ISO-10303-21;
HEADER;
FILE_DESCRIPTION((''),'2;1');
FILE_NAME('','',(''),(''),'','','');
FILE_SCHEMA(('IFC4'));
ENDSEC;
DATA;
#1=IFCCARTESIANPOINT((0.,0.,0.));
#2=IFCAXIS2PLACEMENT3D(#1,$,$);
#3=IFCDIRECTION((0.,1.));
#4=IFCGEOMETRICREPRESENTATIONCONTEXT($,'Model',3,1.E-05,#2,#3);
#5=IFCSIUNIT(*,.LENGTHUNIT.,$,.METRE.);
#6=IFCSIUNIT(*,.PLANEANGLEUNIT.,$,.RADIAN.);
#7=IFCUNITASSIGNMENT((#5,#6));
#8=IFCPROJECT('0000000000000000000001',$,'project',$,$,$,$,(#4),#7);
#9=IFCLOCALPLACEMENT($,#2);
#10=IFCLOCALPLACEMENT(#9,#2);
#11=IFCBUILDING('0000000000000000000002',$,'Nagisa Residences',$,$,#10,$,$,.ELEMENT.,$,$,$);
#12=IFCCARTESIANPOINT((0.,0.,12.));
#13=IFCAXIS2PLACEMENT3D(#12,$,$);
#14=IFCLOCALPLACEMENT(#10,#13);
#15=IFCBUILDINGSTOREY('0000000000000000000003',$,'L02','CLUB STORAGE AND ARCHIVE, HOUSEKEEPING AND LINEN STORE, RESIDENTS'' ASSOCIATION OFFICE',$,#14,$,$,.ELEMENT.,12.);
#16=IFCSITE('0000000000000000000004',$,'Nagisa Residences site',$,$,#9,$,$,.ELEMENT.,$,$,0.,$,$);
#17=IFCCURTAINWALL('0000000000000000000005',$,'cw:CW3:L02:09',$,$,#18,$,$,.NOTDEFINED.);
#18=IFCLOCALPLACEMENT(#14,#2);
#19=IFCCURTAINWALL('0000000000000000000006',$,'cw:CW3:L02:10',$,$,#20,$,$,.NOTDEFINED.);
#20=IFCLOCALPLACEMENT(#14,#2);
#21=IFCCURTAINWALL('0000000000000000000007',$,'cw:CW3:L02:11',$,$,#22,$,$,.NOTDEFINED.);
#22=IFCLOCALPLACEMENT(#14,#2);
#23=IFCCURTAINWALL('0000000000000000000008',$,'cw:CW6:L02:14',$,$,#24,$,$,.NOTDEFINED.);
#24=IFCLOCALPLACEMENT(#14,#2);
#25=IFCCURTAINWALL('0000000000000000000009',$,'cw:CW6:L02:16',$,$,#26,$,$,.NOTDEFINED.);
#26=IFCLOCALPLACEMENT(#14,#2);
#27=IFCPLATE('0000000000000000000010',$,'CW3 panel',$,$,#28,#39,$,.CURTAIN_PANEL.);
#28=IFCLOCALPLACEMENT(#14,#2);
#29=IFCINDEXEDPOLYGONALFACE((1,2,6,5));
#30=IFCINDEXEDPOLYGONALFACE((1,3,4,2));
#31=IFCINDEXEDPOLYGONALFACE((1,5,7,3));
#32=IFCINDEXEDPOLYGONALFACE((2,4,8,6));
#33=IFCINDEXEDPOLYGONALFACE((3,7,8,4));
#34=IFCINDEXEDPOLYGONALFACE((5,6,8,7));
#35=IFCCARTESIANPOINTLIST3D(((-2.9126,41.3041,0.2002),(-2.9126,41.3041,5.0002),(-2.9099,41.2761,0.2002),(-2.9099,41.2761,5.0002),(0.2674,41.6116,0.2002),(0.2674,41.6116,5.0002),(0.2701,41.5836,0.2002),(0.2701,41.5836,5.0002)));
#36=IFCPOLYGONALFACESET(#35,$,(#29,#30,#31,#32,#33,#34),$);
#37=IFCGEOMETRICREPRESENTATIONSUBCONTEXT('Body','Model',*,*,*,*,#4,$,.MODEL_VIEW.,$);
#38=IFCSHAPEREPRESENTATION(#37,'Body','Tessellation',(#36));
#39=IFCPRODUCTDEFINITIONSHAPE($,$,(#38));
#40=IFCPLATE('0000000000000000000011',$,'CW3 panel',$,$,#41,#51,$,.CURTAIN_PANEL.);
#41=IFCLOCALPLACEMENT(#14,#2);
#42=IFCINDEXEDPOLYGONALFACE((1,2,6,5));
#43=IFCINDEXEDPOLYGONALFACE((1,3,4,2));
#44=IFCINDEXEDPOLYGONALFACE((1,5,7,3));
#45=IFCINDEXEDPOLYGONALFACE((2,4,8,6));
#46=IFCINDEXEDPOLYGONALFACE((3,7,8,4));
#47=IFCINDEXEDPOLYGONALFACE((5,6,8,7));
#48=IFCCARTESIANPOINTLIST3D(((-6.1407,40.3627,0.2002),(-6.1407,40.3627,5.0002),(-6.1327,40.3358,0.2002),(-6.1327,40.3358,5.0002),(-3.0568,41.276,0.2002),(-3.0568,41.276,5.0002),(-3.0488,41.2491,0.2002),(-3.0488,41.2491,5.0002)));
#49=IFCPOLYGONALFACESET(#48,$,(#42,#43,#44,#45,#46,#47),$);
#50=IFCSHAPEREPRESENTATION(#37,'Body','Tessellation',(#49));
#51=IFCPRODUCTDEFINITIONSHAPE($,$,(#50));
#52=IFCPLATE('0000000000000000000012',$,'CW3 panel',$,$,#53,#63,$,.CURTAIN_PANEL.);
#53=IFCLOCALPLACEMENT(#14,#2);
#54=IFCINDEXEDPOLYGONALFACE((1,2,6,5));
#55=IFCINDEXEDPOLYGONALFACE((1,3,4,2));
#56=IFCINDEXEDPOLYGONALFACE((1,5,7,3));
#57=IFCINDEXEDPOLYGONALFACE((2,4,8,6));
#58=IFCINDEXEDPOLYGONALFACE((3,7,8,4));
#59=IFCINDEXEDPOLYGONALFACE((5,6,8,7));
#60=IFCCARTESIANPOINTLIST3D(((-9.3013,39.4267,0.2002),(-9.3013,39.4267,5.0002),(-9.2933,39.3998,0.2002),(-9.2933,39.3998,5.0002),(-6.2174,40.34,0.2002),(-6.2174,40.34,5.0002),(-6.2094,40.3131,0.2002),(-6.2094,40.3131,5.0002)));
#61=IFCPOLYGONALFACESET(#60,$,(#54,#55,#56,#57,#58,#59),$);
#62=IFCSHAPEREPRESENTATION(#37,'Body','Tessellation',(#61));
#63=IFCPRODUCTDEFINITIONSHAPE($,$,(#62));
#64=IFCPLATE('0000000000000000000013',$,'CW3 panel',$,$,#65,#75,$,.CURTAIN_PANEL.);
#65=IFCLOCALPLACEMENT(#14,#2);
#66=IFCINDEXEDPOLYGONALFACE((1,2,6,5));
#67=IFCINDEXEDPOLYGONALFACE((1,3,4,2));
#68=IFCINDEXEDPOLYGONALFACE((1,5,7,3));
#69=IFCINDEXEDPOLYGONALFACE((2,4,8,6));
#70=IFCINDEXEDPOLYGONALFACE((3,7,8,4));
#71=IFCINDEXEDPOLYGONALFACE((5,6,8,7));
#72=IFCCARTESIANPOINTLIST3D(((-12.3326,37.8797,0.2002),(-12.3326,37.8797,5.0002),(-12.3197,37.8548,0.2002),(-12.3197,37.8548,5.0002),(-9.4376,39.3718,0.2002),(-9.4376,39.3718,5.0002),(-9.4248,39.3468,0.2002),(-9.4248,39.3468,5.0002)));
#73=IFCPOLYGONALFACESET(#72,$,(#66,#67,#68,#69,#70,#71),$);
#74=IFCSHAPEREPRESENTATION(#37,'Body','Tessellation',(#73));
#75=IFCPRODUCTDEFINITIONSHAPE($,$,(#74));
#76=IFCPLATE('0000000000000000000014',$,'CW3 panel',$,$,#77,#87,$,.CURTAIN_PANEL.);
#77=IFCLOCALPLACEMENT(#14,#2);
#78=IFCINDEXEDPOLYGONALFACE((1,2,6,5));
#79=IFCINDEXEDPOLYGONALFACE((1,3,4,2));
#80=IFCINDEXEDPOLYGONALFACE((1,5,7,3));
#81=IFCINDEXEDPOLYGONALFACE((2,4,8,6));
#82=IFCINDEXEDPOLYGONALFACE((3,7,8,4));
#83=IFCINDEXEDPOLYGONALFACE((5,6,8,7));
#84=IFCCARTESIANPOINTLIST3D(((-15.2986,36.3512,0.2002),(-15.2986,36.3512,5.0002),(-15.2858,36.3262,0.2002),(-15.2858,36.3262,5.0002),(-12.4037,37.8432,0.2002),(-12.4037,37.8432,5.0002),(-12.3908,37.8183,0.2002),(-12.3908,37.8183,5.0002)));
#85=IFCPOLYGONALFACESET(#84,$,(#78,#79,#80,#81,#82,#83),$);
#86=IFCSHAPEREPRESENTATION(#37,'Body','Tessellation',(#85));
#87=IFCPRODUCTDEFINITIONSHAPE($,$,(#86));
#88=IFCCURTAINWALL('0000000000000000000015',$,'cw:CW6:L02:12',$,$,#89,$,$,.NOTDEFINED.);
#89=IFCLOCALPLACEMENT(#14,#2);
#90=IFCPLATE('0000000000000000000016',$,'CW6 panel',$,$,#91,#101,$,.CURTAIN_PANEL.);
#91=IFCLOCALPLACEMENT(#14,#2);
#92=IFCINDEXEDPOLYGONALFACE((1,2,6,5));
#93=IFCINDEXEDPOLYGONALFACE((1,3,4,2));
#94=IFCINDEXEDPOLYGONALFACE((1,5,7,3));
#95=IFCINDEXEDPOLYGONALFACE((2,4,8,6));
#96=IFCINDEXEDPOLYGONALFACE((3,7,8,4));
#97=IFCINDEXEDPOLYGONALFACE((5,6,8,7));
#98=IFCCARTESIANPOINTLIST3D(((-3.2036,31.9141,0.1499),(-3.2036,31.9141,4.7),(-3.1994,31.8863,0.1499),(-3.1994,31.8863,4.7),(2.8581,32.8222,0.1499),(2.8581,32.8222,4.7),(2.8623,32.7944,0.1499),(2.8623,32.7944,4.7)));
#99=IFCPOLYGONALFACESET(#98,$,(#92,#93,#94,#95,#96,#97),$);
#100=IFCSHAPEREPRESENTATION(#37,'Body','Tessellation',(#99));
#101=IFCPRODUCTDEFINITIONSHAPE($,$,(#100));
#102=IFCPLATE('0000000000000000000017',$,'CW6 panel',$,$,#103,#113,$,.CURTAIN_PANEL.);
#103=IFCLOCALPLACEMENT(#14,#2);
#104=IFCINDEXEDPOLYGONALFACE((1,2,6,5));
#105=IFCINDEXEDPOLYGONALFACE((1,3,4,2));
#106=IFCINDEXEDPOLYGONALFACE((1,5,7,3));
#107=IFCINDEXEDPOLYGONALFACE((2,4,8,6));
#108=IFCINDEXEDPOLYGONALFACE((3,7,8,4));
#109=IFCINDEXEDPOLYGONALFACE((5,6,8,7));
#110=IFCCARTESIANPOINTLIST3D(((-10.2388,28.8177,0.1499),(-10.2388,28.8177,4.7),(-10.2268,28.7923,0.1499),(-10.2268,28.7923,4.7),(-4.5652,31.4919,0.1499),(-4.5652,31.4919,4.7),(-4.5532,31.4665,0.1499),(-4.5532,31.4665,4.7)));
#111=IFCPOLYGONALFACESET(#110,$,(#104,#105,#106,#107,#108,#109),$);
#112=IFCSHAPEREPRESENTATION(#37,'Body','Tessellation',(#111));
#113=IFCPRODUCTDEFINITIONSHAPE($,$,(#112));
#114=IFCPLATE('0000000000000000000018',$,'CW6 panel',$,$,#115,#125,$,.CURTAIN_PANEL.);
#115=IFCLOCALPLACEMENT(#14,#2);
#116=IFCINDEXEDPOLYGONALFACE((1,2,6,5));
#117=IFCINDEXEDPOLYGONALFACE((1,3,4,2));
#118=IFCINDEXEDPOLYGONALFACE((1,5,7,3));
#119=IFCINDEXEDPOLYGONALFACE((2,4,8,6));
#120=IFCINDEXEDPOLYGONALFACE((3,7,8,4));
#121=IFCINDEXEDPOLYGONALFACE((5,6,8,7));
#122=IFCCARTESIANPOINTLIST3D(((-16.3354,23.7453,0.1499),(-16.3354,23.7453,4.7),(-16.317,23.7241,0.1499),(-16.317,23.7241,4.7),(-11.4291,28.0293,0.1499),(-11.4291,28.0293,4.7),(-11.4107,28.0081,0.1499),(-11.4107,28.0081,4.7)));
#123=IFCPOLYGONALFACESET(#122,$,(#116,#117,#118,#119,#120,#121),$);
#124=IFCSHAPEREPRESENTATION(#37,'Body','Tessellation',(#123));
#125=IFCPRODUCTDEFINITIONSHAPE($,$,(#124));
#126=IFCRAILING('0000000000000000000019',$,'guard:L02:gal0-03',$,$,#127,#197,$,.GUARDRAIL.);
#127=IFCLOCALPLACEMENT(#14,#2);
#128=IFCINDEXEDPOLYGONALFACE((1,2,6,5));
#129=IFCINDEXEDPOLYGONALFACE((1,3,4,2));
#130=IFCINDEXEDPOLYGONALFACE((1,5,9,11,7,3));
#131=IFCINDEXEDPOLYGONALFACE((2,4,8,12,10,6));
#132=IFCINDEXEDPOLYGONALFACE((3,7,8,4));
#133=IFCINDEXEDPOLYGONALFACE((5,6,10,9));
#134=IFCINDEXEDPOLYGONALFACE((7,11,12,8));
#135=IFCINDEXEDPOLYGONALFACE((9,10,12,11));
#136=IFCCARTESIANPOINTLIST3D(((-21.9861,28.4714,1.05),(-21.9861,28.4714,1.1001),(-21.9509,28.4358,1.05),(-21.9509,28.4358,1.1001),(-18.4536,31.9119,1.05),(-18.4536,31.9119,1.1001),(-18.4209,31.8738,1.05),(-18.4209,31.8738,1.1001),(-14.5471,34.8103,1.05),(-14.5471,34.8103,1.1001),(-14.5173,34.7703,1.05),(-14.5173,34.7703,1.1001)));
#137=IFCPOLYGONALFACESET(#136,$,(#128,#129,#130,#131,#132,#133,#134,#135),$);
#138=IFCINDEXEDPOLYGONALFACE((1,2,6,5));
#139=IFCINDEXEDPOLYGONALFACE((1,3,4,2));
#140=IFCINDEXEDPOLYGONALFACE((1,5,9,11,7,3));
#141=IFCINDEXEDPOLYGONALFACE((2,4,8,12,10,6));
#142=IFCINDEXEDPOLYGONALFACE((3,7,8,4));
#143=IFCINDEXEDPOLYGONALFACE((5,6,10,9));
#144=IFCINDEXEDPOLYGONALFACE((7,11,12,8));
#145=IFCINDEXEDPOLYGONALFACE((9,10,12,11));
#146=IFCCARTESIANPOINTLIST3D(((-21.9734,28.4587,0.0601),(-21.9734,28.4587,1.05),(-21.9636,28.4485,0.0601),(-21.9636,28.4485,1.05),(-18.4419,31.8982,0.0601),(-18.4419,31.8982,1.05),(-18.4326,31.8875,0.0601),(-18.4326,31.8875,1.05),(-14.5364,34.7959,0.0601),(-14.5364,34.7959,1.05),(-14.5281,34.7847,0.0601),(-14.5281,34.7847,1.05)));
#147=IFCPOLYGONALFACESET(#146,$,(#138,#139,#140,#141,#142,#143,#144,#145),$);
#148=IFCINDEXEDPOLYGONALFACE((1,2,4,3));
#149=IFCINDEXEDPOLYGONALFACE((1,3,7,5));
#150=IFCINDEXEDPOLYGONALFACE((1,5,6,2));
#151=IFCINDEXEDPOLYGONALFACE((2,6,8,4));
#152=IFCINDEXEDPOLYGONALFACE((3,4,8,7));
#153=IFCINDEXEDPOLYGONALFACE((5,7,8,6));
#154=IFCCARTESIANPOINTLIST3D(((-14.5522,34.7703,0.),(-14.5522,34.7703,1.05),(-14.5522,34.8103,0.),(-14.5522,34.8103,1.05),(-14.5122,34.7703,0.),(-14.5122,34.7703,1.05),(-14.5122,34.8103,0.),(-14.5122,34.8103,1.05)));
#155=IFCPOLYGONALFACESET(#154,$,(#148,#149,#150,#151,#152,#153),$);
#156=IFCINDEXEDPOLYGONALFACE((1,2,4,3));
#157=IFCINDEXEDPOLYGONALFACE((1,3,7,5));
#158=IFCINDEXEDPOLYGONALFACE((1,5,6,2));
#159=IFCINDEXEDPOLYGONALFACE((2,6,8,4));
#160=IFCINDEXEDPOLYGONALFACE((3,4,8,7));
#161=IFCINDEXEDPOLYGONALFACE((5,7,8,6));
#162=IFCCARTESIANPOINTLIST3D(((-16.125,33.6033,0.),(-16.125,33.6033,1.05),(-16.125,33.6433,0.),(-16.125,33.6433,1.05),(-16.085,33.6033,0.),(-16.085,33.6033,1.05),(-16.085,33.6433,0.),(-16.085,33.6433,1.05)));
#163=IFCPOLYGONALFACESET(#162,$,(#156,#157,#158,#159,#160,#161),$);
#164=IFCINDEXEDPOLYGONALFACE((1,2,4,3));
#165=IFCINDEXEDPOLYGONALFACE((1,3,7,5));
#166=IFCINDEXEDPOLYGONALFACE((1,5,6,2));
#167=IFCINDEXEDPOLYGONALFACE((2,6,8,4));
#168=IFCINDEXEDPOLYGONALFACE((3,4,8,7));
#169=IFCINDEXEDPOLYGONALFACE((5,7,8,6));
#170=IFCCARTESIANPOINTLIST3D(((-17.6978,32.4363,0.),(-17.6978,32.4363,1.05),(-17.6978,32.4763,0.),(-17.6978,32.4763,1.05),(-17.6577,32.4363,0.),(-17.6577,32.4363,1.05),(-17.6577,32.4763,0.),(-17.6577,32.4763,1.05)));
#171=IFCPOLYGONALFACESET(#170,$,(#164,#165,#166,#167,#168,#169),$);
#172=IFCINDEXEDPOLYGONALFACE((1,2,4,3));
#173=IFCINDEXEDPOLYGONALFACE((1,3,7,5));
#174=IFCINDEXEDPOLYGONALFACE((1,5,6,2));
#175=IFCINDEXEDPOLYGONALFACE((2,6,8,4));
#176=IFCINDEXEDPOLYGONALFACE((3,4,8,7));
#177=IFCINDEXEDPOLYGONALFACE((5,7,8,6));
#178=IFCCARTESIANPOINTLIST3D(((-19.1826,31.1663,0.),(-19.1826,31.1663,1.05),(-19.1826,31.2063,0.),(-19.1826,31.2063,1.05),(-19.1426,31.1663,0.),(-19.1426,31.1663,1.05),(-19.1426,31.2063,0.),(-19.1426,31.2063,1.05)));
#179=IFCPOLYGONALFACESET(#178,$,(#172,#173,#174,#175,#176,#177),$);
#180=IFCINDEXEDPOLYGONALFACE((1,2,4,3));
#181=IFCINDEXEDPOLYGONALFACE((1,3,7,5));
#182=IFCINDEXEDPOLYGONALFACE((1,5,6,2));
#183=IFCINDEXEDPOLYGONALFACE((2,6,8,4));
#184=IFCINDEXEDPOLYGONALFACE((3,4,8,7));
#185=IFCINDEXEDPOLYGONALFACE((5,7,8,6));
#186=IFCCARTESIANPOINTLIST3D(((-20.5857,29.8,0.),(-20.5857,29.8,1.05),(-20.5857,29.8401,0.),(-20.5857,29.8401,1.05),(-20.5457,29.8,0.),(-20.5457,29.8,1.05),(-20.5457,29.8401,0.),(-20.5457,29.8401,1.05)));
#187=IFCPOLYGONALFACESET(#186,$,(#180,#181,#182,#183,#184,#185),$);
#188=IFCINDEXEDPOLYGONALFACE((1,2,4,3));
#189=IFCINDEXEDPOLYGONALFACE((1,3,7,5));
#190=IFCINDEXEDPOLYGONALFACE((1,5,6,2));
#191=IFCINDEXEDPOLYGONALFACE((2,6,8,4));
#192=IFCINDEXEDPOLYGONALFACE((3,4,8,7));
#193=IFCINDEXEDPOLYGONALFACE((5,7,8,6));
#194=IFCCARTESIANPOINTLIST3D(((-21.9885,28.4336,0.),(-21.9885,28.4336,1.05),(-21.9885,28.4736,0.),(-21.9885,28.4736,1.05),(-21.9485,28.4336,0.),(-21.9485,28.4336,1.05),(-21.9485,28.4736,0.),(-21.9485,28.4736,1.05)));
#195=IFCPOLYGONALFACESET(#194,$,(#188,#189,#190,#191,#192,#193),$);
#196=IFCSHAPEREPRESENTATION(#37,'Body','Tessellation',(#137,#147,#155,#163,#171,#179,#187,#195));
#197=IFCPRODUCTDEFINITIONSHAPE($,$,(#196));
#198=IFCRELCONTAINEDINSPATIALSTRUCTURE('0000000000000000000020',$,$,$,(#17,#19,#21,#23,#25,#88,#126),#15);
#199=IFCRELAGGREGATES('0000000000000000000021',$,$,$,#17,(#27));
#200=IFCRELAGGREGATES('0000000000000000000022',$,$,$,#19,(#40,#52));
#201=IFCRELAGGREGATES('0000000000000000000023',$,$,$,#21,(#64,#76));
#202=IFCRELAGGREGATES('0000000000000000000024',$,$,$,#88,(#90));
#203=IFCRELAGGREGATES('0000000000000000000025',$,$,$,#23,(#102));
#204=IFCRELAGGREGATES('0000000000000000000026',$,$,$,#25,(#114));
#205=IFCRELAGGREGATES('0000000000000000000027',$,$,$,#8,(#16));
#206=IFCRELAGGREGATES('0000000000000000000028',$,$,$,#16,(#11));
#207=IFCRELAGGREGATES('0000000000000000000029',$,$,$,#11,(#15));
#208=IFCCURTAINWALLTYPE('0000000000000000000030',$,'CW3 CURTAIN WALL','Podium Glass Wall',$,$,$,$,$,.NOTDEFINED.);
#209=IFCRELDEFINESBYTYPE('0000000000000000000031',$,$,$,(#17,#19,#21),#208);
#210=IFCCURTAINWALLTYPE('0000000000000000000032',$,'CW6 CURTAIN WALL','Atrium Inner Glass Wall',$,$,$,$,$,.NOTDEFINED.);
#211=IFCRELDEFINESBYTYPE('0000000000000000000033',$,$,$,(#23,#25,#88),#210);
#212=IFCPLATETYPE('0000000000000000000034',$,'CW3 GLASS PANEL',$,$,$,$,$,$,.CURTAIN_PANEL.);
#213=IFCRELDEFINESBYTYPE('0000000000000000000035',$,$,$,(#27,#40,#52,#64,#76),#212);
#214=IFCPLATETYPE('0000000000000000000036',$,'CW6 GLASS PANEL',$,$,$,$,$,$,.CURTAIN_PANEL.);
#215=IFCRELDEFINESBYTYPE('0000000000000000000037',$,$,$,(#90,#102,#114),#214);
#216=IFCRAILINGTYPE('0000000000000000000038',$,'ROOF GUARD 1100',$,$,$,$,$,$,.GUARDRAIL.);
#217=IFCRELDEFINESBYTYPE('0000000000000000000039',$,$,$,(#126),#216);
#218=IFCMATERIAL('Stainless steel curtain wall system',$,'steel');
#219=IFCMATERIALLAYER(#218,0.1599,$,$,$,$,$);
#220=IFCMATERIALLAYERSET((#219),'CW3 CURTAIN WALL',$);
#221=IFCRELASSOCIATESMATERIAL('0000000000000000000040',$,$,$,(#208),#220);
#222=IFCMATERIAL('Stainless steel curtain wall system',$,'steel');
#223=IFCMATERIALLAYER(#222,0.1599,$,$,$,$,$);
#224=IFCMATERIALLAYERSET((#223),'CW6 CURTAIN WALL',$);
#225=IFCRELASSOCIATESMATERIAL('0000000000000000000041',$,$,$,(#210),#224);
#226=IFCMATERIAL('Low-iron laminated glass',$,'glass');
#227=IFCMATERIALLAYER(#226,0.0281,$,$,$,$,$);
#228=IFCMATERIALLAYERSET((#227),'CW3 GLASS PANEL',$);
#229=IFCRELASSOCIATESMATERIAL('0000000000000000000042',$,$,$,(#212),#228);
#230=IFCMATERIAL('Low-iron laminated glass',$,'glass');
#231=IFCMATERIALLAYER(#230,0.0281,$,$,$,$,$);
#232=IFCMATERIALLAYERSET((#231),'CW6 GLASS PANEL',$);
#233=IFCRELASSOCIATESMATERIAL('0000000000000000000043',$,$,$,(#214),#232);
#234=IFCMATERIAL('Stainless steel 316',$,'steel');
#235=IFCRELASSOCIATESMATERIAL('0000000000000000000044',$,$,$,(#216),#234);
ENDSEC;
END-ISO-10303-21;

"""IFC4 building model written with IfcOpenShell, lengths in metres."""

from ifc_helpers import new_model, si_unit, direction, frame, origin, origin_2d, place, context, subcontext, project, spatial, polyline, rectangle, outline, extrude, material, layer, layer_set, type_object, element, aggregate, save


model = new_model("IFC4")

# Units and contexts
model_context = context("Model", 3, precision=1e-05, world=origin(), true_north=direction((0.0, 1.0)))
body_context = subcontext(model_context, "Body", "Model", "MODEL_VIEW")
ifc_project = project(units=[si_unit("LENGTHUNIT", "METRE"), si_unit("PLANEANGLEUNIT", "RADIAN")], contexts=[model_context])

# Site, building, storey
site_placement = place(None, origin())
site = spatial("IfcSite", under=ifc_project, at=site_placement, Name="Nagisa Residences site", CompositionType="ELEMENT", RefElevation=0.0)
building_placement = place(site_placement, origin())
building = spatial("IfcBuilding", under=site, at=building_placement, Name="Nagisa Residences", CompositionType="ELEMENT")
storey_placement = place(building_placement, frame((0.0, 0.0, 12.0)))
storey = spatial("IfcBuildingStorey", under=building, at=storey_placement, Name="L02", Description="CLUB STORAGE AND ARCHIVE, HOUSEKEEPING AND LINEN STORE, RESIDENTS' ASSOCIATION OFFICE", CompositionType="ELEMENT", Elevation=12.0)

# Curtain walls
ifc_material_1 = material(Name="Stainless steel curtain wall system", Category="steel")
ifc_layer_1 = layer(ifc_material_1, 0.1599)
ifc_layer_set_1 = layer_set([ifc_layer_1], Name="CW3 CURTAIN WALL")
curtain_wall_type_1 = type_object("IfcCurtainWallType", Name="CW3 CURTAIN WALL", Description="Podium Glass Wall", PredefinedType="NOTDEFINED", material=ifc_layer_set_1)
curtain_wall_1_placement = place(storey_placement, origin())
curtain_wall_1 = element("IfcCurtainWall", 1, at=curtain_wall_1_placement, inside=storey, type_object=curtain_wall_type_1, Name="cw:CW3:L02:09", PredefinedType="NOTDEFINED")
curtain_wall_2_placement = place(storey_placement, origin())
curtain_wall_2 = element("IfcCurtainWall", 2, at=curtain_wall_2_placement, inside=storey, type_object=curtain_wall_type_1, Name="cw:CW3:L02:10", PredefinedType="NOTDEFINED")
curtain_wall_3_placement = place(storey_placement, origin())
curtain_wall_3 = element("IfcCurtainWall", 3, at=curtain_wall_3_placement, inside=storey, type_object=curtain_wall_type_1, Name="cw:CW3:L02:11", PredefinedType="NOTDEFINED")

# Curtain walls
ifc_material_2 = material(Name="Stainless steel curtain wall system", Category="steel")
ifc_layer_2 = layer(ifc_material_2, 0.1599)
ifc_layer_set_2 = layer_set([ifc_layer_2], Name="CW6 CURTAIN WALL")
curtain_wall_type_2 = type_object("IfcCurtainWallType", Name="CW6 CURTAIN WALL", Description="Atrium Inner Glass Wall", PredefinedType="NOTDEFINED", material=ifc_layer_set_2)
curtain_wall_4_placement = place(storey_placement, origin())
curtain_wall_4 = element("IfcCurtainWall", 4, at=curtain_wall_4_placement, inside=storey, type_object=curtain_wall_type_2, Name="cw:CW6:L02:14", PredefinedType="NOTDEFINED")
curtain_wall_5_placement = place(storey_placement, origin())
curtain_wall_5 = element("IfcCurtainWall", 5, at=curtain_wall_5_placement, inside=storey, type_object=curtain_wall_type_2, Name="cw:CW6:L02:16", PredefinedType="NOTDEFINED")

# Plates
ifc_material_3 = material(Name="Low-iron laminated glass", Category="glass")
ifc_layer_3 = layer(ifc_material_3, 0.0281)
ifc_layer_set_3 = layer_set([ifc_layer_3], Name="CW3 GLASS PANEL")
plate_type_1 = type_object("IfcPlateType", Name="CW3 GLASS PANEL", PredefinedType="CURTAIN_PANEL", material=ifc_layer_set_3)
plate_1_placement = place(storey_placement, frame((-1.3213, 41.4438, 0.2002), z_axis=(0.0, 0.0, 1.0), x_axis=(-0.995357, -0.096249, 0.0)))
plate_1 = element("IfcPlate", 6, at=plate_1_placement, type_object=plate_type_1, Name="CW3 panel", PredefinedType="CURTAIN_PANEL", context=body_context, shape_type="SweptSolid", body=[
    extrude(rectangle(XDim=3.1948, YDim=0.0281, at=origin_2d()), origin(), (0.0, 0.0, 1.0), 4.8),
])
aggregate(curtain_wall_1, [plate_1])
plate_2_placement = place(storey_placement, frame((-4.5947, 40.8059, 0.2002), z_axis=(0.0, 0.0, 1.0), x_axis=(-0.958835, -0.283963, 0.0)))
plate_2 = element("IfcPlate", 7, at=plate_2_placement, type_object=plate_type_1, Name="CW3 panel", PredefinedType="CURTAIN_PANEL", context=body_context, shape_type="SweptSolid", body=[
    extrude(rectangle(XDim=3.2163, YDim=0.0281, at=origin_2d()), origin(), (0.0, 0.0, 1.0), 4.8),
])
plate_3_placement = place(storey_placement, frame((-7.7554, 39.8699, 0.2002), z_axis=(0.0, 0.0, 1.0), x_axis=(-0.958835, -0.283963, 0.0)))
plate_3 = element("IfcPlate", 8, at=plate_3_placement, type_object=plate_type_1, Name="CW3 panel", PredefinedType="CURTAIN_PANEL", context=body_context, shape_type="SweptSolid", body=[
    extrude(rectangle(XDim=3.2163, YDim=0.0281, at=origin_2d()), origin(), (0.0, 0.0, 1.0), 4.8),
])
aggregate(curtain_wall_2, [plate_2, plate_3])
plate_4_placement = place(storey_placement, frame((-10.8787, 38.6133, 0.2002), z_axis=(0.0, 0.0, 1.0), x_axis=(-0.888887, -0.458126, 0.0)))
plate_4 = element("IfcPlate", 9, at=plate_4_placement, type_object=plate_type_1, Name="CW3 panel", PredefinedType="CURTAIN_PANEL", context=body_context, shape_type="SweptSolid", body=[
    extrude(rectangle(XDim=3.2568, YDim=0.0281, at=origin_2d()), origin(), (0.0, 0.0, 1.0), 4.8),
])
plate_5_placement = place(storey_placement, frame((-13.8447, 37.0847, 0.2002), z_axis=(0.0, 0.0, 1.0), x_axis=(-0.888887, -0.458126, 0.0)))
plate_5 = element("IfcPlate", 10, at=plate_5_placement, type_object=plate_type_1, Name="CW3 panel", PredefinedType="CURTAIN_PANEL", context=body_context, shape_type="SweptSolid", body=[
    extrude(rectangle(XDim=3.2568, YDim=0.0281, at=origin_2d()), origin(), (0.0, 0.0, 1.0), 4.8),
])
aggregate(curtain_wall_3, [plate_4, plate_5])

# Curtain wall, plate
curtain_wall_6_placement = place(storey_placement, origin())
curtain_wall_6 = element("IfcCurtainWall", 11, at=curtain_wall_6_placement, inside=storey, type_object=curtain_wall_type_2, Name="cw:CW6:L02:12", PredefinedType="NOTDEFINED")
ifc_material_4 = material(Name="Low-iron laminated glass", Category="glass")
ifc_layer_4 = layer(ifc_material_4, 0.0281)
ifc_layer_set_4 = layer_set([ifc_layer_4], Name="CW6 GLASS PANEL")
plate_type_2 = type_object("IfcPlateType", Name="CW6 GLASS PANEL", PredefinedType="CURTAIN_PANEL", material=ifc_layer_set_4)
plate_6_placement = place(storey_placement, frame((-0.1707, 32.3542, 0.1499), z_axis=(0.0, 0.0, 1.0), x_axis=(-0.988964, -0.148158, 0.0)))
plate_6 = element("IfcPlate", 12, at=plate_6_placement, type_object=plate_type_2, Name="CW6 panel", PredefinedType="CURTAIN_PANEL", context=body_context, shape_type="SweptSolid", body=[
    extrude(rectangle(XDim=6.1294, YDim=0.0281, at=origin_2d()), origin(), (0.0, 0.0, 1.0), 4.55),
])
aggregate(curtain_wall_6, [plate_6])

# Plates
plate_7_placement = place(storey_placement, frame((-7.396, 30.1421, 0.1499), z_axis=(0.0, 0.0, 1.0), x_axis=(-0.904554, -0.426358, 0.0)))
plate_7 = element("IfcPlate", 13, at=plate_7_placement, type_object=plate_type_2, Name="CW6 panel", PredefinedType="CURTAIN_PANEL", context=body_context, shape_type="SweptSolid", body=[
    extrude(rectangle(XDim=6.2722, YDim=0.0281, at=origin_2d()), origin(), (0.0, 0.0, 1.0), 4.55),
])
aggregate(curtain_wall_4, [plate_7])
plate_8_placement = place(storey_placement, frame((-13.873, 25.8767, 0.1499), z_axis=(0.0, 0.0, 1.0), x_axis=(-0.753261, -0.657721, 0.0)))
plate_8 = element("IfcPlate", 14, at=plate_8_placement, type_object=plate_type_2, Name="CW6 panel", PredefinedType="CURTAIN_PANEL", context=body_context, shape_type="SweptSolid", body=[
    extrude(rectangle(XDim=6.5134, YDim=0.0281, at=origin_2d()), origin(), (0.0, 0.0, 1.0), 4.55),
])
aggregate(curtain_wall_5, [plate_8])

# Railing
ifc_material_5 = material(Name="Stainless steel 316", Category="steel")
railing_type = type_object("IfcRailingType", Name="ROOF GUARD 1100", PredefinedType="GUARDRAIL", material=ifc_material_5)
railing_1_placement = place(storey_placement, frame((-14.5322, 34.7903, 0.0)))
element("IfcRailing", 15, at=railing_1_placement, inside=storey, type_object=railing_type, Name="guard:L02:gal0-03", PredefinedType="GUARDRAIL", context=body_context, shape_type="SweptSolid", body=[
    extrude(outline(polyline([(-3.8887, -2.9165), (0.0149, -0.02), (-0.0149, 0.02), (-3.9214, -2.8784), (-7.4539, -6.3188), (-7.4187, -6.3545), (-3.8887, -2.9165)])), frame((0.0, 0.0, 1.05)), (0.0, 0.0, 1.0), 0.05),
    extrude(outline(polyline([(-3.9004, -2.9028), (0.0042, -0.0056), (-0.0042, 0.0056), (-3.9097, -2.8921), (-7.4412, -6.3315), (-7.4314, -6.3418), (-3.9004, -2.9028)])), frame((0.0, 0.0, 0.0601)), (0.0, 0.0, 1.0), 0.99),
    extrude(rectangle(XDim=0.04, YDim=0.04, at=origin_2d()), origin(), (0.0, 0.0, 1.0), 1.05),
    extrude(rectangle(XDim=0.04, YDim=0.04, at=origin_2d()), frame((-1.5728, -1.167, 0.0)), (0.0, 0.0, 1.0), 1.05),
    extrude(rectangle(XDim=0.04, YDim=0.04, at=origin_2d()), frame((-3.1455, -2.334, 0.0)), (0.0, 0.0, 1.0), 1.05),
    extrude(rectangle(XDim=0.04, YDim=0.04, at=origin_2d()), frame((-4.6304, -3.604, 0.0)), (0.0, 0.0, 1.0), 1.05),
    extrude(rectangle(XDim=0.04, YDim=0.04, at=origin_2d()), frame((-6.0334, -4.9702, 0.0)), (0.0, 0.0, 1.0), 1.05),
    extrude(rectangle(XDim=0.04, YDim=0.04, at=origin_2d()), frame((-7.4363, -6.3367, 0.0)), (0.0, 0.0, 1.0), 1.05),
])

save(model, "model.ifc")
